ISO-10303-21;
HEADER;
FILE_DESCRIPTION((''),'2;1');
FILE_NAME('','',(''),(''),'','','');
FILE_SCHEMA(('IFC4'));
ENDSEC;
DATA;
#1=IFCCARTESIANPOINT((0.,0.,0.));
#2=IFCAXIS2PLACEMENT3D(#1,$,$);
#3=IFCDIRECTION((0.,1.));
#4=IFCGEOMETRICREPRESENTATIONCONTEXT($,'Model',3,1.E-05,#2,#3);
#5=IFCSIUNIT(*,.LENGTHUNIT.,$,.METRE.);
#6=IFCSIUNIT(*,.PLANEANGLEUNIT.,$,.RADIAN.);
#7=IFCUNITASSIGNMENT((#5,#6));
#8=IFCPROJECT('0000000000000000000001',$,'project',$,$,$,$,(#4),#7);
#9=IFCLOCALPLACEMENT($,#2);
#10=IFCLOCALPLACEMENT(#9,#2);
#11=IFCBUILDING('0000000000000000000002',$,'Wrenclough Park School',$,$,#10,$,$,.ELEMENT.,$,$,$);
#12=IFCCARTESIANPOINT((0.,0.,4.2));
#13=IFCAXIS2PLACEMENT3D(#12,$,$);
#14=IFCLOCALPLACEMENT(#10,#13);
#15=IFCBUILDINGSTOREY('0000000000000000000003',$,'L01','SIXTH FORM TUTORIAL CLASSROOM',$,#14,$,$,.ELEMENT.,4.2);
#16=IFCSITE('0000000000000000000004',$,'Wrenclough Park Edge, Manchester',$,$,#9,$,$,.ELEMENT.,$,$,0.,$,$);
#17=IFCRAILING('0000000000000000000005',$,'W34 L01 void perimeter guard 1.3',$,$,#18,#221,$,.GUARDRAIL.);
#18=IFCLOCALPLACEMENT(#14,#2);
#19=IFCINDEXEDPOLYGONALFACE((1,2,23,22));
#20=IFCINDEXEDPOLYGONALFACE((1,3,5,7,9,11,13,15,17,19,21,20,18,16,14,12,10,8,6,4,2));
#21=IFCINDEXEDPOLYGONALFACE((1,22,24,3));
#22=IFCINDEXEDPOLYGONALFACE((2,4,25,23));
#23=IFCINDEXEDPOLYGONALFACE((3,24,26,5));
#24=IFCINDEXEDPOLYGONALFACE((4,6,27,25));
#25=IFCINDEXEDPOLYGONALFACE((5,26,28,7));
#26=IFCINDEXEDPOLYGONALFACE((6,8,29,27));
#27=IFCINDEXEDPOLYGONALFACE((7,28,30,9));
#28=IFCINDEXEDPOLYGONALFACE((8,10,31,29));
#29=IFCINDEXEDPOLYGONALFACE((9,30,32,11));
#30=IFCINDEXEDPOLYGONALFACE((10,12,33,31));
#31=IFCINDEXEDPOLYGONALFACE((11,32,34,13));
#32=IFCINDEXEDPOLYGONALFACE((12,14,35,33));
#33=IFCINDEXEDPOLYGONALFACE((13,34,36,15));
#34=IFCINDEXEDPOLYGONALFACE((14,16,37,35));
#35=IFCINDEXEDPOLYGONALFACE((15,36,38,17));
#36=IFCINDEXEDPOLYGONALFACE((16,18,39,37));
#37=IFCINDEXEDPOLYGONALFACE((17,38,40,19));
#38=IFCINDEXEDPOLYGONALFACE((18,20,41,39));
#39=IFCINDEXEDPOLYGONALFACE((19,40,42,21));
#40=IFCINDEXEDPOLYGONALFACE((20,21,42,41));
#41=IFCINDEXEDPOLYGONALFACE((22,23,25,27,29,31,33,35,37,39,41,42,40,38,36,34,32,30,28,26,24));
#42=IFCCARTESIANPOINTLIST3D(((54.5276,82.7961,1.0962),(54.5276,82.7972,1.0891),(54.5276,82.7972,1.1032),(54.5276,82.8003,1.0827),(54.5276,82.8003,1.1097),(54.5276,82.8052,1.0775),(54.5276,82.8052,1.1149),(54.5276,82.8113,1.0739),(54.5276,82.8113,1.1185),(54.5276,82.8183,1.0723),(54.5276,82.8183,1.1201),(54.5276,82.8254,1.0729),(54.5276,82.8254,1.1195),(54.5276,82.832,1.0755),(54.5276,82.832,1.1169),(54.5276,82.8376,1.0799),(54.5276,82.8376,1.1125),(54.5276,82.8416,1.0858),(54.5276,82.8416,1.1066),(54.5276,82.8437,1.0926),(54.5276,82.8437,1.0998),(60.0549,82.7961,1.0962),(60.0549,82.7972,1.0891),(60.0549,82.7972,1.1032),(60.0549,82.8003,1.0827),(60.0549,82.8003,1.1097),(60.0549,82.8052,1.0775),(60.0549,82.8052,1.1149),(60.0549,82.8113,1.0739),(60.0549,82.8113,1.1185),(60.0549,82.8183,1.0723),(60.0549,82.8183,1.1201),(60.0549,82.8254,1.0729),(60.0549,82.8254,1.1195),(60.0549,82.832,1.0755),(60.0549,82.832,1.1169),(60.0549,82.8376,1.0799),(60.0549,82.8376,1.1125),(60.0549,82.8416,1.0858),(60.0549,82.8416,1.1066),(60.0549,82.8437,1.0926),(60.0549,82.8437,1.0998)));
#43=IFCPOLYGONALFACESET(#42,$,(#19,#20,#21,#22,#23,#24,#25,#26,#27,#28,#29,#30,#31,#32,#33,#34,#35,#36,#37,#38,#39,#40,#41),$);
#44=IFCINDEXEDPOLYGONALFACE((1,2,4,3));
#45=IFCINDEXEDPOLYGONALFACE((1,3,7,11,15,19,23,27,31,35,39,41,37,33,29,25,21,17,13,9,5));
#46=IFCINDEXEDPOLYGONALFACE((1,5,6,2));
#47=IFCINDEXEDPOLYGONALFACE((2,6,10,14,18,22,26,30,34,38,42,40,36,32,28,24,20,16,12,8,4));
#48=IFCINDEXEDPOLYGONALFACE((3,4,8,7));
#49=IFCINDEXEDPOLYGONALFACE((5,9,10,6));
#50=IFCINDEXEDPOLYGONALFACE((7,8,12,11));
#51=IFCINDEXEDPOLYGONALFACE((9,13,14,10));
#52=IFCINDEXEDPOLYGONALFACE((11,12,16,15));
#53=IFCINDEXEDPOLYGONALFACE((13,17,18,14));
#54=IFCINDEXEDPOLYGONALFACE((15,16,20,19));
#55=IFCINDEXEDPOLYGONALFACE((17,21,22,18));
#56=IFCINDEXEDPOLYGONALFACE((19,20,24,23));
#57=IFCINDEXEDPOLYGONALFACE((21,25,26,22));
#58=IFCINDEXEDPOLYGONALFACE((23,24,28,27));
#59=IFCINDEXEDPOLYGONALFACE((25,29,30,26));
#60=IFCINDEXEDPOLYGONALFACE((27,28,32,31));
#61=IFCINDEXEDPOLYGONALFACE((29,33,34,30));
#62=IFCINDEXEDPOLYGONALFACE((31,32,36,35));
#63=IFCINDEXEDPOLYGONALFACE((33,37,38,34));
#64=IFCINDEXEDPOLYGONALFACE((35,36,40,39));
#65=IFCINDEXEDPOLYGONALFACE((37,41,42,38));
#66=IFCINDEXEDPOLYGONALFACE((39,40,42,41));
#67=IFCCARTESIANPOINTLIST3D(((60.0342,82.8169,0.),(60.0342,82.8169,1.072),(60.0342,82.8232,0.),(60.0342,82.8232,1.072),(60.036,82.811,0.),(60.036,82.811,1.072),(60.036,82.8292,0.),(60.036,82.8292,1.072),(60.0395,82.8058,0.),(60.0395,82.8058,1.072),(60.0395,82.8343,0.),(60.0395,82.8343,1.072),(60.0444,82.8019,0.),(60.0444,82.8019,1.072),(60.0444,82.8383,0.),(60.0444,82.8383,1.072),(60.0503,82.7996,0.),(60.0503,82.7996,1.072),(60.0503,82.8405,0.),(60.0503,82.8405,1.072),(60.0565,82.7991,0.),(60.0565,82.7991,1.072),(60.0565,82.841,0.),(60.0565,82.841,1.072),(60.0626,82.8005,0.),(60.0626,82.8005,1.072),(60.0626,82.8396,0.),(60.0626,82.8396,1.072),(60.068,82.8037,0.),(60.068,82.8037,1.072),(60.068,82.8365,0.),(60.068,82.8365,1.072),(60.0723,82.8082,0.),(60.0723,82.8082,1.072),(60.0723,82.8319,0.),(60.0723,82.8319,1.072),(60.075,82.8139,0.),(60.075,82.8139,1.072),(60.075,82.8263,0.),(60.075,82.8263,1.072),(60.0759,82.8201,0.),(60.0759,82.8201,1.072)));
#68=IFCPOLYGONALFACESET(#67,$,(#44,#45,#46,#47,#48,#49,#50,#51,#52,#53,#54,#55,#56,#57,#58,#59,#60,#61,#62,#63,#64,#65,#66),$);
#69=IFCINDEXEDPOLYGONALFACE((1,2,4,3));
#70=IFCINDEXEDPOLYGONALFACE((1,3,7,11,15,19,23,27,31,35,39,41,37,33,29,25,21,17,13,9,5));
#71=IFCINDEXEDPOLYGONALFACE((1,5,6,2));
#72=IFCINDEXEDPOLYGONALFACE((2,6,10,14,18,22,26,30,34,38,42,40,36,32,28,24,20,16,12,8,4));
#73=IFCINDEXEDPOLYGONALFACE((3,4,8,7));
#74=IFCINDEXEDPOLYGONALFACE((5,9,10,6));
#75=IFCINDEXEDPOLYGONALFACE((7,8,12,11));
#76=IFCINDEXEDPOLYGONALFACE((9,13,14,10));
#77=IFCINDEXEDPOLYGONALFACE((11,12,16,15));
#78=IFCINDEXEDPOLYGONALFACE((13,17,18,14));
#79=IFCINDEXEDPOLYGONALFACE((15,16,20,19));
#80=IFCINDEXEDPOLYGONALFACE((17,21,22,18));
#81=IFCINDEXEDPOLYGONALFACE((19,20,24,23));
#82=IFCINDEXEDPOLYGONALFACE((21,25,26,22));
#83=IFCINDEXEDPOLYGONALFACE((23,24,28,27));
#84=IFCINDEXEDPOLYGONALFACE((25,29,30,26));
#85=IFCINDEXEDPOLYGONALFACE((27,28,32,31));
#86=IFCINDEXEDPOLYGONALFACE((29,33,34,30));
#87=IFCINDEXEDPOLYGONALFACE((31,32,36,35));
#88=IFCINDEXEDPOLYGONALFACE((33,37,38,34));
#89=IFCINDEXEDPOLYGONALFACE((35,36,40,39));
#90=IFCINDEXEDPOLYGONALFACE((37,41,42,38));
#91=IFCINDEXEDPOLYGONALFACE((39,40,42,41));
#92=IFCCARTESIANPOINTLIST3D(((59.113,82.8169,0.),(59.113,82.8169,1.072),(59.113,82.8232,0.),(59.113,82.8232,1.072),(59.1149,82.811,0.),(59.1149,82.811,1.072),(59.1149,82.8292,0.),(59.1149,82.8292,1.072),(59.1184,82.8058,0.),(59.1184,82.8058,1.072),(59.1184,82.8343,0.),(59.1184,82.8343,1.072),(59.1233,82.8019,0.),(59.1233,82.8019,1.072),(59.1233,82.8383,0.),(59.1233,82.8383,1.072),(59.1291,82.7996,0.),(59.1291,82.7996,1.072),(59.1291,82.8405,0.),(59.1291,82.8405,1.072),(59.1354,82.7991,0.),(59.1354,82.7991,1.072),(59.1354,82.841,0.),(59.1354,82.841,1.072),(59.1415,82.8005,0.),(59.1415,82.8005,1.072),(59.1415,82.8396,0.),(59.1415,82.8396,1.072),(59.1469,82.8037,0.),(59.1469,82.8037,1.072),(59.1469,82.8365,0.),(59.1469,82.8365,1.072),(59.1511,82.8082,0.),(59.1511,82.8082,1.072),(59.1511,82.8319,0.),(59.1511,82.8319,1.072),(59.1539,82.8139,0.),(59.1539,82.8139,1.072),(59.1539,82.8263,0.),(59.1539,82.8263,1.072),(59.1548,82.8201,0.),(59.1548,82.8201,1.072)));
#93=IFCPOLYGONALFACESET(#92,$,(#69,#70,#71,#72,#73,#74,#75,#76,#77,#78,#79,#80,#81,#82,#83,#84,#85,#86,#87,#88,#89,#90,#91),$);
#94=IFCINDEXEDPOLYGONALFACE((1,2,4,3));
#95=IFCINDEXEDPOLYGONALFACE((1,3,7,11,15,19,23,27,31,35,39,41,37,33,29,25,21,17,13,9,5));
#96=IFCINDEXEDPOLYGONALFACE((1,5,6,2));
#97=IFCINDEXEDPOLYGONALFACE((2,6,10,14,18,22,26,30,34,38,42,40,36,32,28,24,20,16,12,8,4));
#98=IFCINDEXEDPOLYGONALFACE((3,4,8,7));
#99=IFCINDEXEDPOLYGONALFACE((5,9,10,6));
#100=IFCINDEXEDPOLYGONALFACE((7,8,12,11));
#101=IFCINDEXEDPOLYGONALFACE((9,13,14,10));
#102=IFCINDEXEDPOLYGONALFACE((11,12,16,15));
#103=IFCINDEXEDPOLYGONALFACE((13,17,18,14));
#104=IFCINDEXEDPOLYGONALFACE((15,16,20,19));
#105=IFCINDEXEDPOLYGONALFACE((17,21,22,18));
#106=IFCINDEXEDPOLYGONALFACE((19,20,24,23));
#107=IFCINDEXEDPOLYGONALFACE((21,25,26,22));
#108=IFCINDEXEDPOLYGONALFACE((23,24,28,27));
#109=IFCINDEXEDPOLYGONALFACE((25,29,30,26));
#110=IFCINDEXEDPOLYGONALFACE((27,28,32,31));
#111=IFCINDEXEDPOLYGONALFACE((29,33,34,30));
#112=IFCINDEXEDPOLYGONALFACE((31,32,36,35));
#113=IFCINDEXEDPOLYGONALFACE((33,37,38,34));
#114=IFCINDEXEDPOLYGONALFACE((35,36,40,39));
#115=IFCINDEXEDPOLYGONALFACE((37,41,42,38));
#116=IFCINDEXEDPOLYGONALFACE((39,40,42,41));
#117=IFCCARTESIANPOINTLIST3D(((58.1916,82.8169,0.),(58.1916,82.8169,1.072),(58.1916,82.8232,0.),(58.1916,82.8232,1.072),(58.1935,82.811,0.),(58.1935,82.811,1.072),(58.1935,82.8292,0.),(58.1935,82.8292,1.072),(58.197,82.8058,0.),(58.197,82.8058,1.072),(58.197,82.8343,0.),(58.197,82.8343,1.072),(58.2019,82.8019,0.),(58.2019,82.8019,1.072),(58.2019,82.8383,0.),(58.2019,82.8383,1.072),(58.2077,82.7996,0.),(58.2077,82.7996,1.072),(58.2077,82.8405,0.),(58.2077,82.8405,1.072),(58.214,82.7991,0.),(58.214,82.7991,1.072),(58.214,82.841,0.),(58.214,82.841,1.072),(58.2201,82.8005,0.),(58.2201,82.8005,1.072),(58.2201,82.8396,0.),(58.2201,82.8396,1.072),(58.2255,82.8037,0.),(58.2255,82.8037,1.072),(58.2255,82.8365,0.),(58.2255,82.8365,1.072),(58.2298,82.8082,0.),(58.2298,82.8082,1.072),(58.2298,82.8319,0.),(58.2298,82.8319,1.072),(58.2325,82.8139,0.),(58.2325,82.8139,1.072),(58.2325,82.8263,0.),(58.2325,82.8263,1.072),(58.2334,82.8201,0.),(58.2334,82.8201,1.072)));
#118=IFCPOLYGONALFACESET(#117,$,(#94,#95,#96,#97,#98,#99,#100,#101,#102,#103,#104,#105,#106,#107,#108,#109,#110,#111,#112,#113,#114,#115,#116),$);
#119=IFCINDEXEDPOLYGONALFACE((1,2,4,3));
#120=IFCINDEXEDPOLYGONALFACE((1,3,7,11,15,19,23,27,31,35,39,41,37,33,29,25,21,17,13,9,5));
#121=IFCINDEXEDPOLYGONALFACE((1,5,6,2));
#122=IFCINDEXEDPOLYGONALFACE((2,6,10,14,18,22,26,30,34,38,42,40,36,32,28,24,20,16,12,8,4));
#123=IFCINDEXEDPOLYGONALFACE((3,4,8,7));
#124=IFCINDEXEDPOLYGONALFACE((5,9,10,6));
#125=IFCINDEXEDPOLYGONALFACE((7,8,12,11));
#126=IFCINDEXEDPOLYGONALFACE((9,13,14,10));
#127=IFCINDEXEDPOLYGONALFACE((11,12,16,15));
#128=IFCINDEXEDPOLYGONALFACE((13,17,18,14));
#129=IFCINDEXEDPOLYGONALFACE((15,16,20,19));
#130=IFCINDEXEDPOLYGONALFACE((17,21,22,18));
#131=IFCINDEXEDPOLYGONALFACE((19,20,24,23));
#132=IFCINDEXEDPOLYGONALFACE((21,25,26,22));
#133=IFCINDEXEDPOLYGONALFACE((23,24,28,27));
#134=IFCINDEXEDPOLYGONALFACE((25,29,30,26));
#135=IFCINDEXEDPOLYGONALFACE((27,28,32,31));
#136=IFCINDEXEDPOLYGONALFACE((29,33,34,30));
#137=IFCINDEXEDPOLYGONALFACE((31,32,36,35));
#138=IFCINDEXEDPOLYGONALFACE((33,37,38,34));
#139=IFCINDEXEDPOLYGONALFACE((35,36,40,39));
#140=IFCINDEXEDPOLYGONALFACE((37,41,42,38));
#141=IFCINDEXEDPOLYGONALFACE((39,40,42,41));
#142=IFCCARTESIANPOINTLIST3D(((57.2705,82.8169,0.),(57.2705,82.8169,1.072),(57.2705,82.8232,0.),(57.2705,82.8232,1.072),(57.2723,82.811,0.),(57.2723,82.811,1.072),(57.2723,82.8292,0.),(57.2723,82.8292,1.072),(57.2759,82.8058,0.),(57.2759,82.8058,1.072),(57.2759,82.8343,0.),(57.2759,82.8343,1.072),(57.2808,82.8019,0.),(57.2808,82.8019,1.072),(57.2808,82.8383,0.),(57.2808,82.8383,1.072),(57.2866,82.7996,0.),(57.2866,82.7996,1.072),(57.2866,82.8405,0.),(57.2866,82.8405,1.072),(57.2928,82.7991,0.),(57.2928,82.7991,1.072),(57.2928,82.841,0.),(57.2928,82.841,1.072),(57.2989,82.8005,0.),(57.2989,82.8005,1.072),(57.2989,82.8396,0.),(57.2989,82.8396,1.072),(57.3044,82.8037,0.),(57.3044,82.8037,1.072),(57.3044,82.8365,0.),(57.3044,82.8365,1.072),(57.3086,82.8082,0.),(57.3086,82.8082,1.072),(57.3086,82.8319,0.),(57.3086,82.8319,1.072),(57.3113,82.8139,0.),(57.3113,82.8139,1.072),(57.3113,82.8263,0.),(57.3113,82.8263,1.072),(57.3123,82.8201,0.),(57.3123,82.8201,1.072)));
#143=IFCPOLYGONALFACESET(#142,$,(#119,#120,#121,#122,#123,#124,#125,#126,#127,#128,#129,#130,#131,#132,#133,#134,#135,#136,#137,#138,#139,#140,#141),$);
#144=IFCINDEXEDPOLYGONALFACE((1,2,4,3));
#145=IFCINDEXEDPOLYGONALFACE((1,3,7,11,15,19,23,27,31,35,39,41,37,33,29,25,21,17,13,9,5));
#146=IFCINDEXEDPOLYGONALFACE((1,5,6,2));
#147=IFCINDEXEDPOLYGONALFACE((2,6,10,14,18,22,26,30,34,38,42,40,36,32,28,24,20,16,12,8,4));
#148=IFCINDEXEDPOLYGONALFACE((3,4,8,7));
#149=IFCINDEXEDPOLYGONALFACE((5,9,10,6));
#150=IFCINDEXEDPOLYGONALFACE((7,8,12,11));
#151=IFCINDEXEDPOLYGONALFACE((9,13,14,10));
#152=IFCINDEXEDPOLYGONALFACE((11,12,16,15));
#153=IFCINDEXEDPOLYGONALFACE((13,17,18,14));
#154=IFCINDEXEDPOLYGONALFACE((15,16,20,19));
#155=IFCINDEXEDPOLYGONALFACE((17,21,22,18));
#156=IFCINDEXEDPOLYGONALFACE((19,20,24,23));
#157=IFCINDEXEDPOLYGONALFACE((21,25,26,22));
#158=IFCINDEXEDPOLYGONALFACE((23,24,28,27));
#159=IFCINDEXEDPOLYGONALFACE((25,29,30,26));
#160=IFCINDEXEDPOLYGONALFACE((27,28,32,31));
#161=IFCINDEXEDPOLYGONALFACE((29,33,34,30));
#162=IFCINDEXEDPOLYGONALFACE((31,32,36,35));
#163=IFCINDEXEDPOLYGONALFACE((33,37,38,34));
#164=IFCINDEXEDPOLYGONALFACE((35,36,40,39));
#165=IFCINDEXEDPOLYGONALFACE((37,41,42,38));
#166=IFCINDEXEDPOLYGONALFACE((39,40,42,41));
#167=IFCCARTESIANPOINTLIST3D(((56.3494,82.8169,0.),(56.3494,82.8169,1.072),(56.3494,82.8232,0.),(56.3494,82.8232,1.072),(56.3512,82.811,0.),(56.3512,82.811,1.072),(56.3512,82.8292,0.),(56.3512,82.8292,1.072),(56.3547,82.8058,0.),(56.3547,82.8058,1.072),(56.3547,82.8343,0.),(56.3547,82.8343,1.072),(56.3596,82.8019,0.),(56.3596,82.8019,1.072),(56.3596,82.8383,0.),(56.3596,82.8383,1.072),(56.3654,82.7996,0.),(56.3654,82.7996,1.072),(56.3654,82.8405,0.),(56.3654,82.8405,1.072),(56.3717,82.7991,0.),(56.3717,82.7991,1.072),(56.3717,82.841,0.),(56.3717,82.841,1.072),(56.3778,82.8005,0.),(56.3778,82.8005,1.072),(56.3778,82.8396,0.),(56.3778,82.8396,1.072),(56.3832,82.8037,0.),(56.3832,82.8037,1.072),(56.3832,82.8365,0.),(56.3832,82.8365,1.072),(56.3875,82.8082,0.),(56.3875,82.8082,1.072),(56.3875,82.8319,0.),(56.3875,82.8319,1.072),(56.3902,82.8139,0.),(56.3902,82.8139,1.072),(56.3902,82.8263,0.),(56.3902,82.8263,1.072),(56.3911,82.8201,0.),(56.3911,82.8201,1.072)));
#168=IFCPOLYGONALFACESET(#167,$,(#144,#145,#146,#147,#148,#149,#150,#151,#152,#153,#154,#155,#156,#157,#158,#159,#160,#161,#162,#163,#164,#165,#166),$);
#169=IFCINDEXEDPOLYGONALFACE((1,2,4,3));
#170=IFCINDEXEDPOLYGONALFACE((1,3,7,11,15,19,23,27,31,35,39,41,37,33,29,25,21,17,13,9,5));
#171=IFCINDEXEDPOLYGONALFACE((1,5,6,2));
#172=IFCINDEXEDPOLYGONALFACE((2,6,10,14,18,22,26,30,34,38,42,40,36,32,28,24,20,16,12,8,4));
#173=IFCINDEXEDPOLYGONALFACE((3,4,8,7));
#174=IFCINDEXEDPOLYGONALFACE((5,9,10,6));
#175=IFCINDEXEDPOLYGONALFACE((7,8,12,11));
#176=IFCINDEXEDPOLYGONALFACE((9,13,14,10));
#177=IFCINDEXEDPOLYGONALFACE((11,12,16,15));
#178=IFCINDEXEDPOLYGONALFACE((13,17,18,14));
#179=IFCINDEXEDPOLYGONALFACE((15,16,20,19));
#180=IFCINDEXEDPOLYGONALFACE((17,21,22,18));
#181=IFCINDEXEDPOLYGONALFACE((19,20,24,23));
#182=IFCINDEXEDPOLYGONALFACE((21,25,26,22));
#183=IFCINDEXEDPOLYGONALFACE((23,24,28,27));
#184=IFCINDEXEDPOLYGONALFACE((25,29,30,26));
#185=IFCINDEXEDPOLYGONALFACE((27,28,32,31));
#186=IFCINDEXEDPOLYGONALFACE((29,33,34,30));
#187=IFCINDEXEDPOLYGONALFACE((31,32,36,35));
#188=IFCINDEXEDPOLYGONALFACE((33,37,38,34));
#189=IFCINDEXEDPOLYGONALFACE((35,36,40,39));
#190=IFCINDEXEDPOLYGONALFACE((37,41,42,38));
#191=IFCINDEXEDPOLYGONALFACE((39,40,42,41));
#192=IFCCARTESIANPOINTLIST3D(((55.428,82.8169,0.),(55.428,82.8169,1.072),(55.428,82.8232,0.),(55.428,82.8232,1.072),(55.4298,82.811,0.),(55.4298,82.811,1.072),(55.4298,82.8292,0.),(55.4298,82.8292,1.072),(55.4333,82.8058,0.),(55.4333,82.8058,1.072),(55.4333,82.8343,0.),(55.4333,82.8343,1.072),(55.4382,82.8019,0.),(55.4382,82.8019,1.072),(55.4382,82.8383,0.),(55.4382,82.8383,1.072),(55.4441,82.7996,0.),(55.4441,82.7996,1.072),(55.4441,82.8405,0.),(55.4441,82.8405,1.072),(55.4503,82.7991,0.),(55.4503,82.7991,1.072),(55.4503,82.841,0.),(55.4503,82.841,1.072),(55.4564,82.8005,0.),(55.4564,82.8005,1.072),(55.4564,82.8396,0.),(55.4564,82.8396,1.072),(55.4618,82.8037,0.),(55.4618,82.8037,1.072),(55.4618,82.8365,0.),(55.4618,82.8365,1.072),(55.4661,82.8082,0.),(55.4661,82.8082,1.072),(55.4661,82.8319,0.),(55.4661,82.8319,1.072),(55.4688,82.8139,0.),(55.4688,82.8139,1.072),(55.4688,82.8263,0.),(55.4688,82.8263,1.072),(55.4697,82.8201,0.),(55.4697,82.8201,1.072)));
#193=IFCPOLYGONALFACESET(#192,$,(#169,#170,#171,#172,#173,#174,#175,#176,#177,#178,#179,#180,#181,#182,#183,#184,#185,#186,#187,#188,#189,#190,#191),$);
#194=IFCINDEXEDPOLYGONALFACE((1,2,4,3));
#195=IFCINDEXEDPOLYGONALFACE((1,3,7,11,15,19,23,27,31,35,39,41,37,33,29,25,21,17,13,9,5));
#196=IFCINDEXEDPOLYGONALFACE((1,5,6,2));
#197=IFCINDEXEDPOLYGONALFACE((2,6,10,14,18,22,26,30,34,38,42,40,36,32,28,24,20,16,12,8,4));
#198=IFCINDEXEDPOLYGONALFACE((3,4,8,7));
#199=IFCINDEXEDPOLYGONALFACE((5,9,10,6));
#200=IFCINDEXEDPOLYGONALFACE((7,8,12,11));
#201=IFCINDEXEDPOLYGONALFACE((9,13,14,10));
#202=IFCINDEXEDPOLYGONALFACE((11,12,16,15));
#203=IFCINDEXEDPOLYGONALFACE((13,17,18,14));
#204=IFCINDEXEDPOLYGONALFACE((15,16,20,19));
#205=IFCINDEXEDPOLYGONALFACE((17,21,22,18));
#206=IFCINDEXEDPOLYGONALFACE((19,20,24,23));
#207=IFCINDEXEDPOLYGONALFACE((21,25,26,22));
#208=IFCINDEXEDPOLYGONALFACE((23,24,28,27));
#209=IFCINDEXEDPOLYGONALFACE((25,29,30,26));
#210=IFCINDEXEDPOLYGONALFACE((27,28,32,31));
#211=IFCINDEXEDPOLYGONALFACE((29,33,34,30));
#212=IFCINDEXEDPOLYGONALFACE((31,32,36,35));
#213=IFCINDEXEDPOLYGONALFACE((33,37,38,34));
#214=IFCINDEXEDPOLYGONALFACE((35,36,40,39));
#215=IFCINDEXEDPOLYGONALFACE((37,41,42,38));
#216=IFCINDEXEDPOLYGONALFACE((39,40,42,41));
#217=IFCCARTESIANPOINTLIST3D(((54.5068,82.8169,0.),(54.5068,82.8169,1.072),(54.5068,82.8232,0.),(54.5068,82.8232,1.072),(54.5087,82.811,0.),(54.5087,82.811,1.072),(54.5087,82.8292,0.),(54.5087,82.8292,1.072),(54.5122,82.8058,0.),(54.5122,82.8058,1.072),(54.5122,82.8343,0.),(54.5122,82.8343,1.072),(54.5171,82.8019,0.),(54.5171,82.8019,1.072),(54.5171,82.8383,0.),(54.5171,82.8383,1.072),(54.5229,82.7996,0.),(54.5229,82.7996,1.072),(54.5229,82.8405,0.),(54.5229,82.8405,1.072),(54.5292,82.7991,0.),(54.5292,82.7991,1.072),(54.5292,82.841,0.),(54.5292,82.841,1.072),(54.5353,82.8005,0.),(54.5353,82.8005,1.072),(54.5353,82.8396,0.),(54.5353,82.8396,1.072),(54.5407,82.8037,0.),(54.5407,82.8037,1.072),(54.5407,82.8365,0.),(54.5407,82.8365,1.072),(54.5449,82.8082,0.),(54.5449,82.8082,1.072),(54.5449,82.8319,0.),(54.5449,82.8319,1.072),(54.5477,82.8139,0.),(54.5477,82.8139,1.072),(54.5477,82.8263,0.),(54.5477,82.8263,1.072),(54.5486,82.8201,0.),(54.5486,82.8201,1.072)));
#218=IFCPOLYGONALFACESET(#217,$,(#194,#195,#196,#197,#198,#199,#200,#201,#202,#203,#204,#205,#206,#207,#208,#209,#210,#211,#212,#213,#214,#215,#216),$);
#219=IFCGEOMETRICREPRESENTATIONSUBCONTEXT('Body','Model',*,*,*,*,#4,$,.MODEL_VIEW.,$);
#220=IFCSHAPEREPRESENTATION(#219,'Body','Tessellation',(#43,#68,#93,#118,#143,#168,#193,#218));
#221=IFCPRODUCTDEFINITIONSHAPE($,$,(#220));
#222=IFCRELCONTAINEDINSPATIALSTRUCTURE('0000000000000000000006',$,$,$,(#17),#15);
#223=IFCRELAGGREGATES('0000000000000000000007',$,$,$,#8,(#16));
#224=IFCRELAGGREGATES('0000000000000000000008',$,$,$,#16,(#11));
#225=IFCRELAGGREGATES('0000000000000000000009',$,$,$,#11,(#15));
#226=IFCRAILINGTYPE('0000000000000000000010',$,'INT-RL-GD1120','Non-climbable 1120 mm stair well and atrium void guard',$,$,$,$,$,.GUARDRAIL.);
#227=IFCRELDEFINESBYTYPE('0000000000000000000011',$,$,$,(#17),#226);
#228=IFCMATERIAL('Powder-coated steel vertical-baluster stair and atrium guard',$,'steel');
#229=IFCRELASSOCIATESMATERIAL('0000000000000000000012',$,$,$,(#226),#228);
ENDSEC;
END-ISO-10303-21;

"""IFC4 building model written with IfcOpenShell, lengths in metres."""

from ifc_helpers import new_model, si_unit, direction, frame, origin, origin_2d, place, context, subcontext, project, spatial, circle, extrude, material, type_object, element, save


model = new_model("IFC4")

# Units and contexts
model_context = context("Model", 3, precision=1e-05, world=origin(), true_north=direction((0.0, 1.0)))
body_context = subcontext(model_context, "Body", "Model", "MODEL_VIEW")
ifc_project = project(units=[si_unit("LENGTHUNIT", "METRE"), si_unit("PLANEANGLEUNIT", "RADIAN")], contexts=[model_context])

# Site, building, storey
site_placement = place(None, origin())
site = spatial("IfcSite", under=ifc_project, at=site_placement, Name="Wrenclough Park Edge, Manchester", CompositionType="ELEMENT", RefElevation=0.0)
building_placement = place(site_placement, origin())
building = spatial("IfcBuilding", under=site, at=building_placement, Name="Wrenclough Park School", CompositionType="ELEMENT")
storey_placement = place(building_placement, frame((0.0, 0.0, 4.2)))
storey = spatial("IfcBuildingStorey", under=building, at=storey_placement, Name="L01", Description="SIXTH FORM TUTORIAL CLASSROOM", CompositionType="ELEMENT", Elevation=4.2)

# Railing
ifc_material_1 = material(Name="Powder-coated steel vertical-baluster stair and atrium guard", Category="steel")
railing_type = type_object("IfcRailingType", Name="INT-RL-GD1120", Description="Non-climbable 1120 mm stair well and atrium void guard", PredefinedType="GUARDRAIL", material=ifc_material_1)
railing_1_placement = place(storey_placement, frame((60.0549, 82.8201, 0.0)))
element("IfcRailing", 1, at=railing_1_placement, inside=storey, type_object=railing_type, Name="W34 L01 void perimeter guard 1.3", PredefinedType="GUARDRAIL", context=body_context, shape_type="SweptSolid", body=[
    extrude(circle(Radius=0.0239, at=origin_2d()), frame((0.0, 0.0, 1.0962), z_axis=(-1.0, 0.0, 0.0), x_axis=(0.0, -1.0, 0.0)), (0.0, 0.0, 1.0), 5.5273),
    extrude(circle(Radius=0.021, at=origin_2d()), origin(), (0.0, 0.0, 1.0), 1.072),
    extrude(circle(Radius=0.021, at=origin_2d()), frame((-0.9211, 0.0, 0.0)), (0.0, 0.0, 1.0), 1.072),
    extrude(circle(Radius=0.021, at=origin_2d()), frame((-1.8425, 0.0, 0.0)), (0.0, 0.0, 1.0), 1.072),
    extrude(circle(Radius=0.021, at=origin_2d()), frame((-2.7637, 0.0, 0.0)), (0.0, 0.0, 1.0), 1.072),
    extrude(circle(Radius=0.021, at=origin_2d()), frame((-3.6848, 0.0, 0.0)), (0.0, 0.0, 1.0), 1.072),
    extrude(circle(Radius=0.021, at=origin_2d()), frame((-4.6062, 0.0, 0.0)), (0.0, 0.0, 1.0), 1.072),
    extrude(circle(Radius=0.021, at=origin_2d()), frame((-5.5273, 0.0, 0.0)), (0.0, 0.0, 1.0), 1.072),
])

save(model, "model.ifc")
